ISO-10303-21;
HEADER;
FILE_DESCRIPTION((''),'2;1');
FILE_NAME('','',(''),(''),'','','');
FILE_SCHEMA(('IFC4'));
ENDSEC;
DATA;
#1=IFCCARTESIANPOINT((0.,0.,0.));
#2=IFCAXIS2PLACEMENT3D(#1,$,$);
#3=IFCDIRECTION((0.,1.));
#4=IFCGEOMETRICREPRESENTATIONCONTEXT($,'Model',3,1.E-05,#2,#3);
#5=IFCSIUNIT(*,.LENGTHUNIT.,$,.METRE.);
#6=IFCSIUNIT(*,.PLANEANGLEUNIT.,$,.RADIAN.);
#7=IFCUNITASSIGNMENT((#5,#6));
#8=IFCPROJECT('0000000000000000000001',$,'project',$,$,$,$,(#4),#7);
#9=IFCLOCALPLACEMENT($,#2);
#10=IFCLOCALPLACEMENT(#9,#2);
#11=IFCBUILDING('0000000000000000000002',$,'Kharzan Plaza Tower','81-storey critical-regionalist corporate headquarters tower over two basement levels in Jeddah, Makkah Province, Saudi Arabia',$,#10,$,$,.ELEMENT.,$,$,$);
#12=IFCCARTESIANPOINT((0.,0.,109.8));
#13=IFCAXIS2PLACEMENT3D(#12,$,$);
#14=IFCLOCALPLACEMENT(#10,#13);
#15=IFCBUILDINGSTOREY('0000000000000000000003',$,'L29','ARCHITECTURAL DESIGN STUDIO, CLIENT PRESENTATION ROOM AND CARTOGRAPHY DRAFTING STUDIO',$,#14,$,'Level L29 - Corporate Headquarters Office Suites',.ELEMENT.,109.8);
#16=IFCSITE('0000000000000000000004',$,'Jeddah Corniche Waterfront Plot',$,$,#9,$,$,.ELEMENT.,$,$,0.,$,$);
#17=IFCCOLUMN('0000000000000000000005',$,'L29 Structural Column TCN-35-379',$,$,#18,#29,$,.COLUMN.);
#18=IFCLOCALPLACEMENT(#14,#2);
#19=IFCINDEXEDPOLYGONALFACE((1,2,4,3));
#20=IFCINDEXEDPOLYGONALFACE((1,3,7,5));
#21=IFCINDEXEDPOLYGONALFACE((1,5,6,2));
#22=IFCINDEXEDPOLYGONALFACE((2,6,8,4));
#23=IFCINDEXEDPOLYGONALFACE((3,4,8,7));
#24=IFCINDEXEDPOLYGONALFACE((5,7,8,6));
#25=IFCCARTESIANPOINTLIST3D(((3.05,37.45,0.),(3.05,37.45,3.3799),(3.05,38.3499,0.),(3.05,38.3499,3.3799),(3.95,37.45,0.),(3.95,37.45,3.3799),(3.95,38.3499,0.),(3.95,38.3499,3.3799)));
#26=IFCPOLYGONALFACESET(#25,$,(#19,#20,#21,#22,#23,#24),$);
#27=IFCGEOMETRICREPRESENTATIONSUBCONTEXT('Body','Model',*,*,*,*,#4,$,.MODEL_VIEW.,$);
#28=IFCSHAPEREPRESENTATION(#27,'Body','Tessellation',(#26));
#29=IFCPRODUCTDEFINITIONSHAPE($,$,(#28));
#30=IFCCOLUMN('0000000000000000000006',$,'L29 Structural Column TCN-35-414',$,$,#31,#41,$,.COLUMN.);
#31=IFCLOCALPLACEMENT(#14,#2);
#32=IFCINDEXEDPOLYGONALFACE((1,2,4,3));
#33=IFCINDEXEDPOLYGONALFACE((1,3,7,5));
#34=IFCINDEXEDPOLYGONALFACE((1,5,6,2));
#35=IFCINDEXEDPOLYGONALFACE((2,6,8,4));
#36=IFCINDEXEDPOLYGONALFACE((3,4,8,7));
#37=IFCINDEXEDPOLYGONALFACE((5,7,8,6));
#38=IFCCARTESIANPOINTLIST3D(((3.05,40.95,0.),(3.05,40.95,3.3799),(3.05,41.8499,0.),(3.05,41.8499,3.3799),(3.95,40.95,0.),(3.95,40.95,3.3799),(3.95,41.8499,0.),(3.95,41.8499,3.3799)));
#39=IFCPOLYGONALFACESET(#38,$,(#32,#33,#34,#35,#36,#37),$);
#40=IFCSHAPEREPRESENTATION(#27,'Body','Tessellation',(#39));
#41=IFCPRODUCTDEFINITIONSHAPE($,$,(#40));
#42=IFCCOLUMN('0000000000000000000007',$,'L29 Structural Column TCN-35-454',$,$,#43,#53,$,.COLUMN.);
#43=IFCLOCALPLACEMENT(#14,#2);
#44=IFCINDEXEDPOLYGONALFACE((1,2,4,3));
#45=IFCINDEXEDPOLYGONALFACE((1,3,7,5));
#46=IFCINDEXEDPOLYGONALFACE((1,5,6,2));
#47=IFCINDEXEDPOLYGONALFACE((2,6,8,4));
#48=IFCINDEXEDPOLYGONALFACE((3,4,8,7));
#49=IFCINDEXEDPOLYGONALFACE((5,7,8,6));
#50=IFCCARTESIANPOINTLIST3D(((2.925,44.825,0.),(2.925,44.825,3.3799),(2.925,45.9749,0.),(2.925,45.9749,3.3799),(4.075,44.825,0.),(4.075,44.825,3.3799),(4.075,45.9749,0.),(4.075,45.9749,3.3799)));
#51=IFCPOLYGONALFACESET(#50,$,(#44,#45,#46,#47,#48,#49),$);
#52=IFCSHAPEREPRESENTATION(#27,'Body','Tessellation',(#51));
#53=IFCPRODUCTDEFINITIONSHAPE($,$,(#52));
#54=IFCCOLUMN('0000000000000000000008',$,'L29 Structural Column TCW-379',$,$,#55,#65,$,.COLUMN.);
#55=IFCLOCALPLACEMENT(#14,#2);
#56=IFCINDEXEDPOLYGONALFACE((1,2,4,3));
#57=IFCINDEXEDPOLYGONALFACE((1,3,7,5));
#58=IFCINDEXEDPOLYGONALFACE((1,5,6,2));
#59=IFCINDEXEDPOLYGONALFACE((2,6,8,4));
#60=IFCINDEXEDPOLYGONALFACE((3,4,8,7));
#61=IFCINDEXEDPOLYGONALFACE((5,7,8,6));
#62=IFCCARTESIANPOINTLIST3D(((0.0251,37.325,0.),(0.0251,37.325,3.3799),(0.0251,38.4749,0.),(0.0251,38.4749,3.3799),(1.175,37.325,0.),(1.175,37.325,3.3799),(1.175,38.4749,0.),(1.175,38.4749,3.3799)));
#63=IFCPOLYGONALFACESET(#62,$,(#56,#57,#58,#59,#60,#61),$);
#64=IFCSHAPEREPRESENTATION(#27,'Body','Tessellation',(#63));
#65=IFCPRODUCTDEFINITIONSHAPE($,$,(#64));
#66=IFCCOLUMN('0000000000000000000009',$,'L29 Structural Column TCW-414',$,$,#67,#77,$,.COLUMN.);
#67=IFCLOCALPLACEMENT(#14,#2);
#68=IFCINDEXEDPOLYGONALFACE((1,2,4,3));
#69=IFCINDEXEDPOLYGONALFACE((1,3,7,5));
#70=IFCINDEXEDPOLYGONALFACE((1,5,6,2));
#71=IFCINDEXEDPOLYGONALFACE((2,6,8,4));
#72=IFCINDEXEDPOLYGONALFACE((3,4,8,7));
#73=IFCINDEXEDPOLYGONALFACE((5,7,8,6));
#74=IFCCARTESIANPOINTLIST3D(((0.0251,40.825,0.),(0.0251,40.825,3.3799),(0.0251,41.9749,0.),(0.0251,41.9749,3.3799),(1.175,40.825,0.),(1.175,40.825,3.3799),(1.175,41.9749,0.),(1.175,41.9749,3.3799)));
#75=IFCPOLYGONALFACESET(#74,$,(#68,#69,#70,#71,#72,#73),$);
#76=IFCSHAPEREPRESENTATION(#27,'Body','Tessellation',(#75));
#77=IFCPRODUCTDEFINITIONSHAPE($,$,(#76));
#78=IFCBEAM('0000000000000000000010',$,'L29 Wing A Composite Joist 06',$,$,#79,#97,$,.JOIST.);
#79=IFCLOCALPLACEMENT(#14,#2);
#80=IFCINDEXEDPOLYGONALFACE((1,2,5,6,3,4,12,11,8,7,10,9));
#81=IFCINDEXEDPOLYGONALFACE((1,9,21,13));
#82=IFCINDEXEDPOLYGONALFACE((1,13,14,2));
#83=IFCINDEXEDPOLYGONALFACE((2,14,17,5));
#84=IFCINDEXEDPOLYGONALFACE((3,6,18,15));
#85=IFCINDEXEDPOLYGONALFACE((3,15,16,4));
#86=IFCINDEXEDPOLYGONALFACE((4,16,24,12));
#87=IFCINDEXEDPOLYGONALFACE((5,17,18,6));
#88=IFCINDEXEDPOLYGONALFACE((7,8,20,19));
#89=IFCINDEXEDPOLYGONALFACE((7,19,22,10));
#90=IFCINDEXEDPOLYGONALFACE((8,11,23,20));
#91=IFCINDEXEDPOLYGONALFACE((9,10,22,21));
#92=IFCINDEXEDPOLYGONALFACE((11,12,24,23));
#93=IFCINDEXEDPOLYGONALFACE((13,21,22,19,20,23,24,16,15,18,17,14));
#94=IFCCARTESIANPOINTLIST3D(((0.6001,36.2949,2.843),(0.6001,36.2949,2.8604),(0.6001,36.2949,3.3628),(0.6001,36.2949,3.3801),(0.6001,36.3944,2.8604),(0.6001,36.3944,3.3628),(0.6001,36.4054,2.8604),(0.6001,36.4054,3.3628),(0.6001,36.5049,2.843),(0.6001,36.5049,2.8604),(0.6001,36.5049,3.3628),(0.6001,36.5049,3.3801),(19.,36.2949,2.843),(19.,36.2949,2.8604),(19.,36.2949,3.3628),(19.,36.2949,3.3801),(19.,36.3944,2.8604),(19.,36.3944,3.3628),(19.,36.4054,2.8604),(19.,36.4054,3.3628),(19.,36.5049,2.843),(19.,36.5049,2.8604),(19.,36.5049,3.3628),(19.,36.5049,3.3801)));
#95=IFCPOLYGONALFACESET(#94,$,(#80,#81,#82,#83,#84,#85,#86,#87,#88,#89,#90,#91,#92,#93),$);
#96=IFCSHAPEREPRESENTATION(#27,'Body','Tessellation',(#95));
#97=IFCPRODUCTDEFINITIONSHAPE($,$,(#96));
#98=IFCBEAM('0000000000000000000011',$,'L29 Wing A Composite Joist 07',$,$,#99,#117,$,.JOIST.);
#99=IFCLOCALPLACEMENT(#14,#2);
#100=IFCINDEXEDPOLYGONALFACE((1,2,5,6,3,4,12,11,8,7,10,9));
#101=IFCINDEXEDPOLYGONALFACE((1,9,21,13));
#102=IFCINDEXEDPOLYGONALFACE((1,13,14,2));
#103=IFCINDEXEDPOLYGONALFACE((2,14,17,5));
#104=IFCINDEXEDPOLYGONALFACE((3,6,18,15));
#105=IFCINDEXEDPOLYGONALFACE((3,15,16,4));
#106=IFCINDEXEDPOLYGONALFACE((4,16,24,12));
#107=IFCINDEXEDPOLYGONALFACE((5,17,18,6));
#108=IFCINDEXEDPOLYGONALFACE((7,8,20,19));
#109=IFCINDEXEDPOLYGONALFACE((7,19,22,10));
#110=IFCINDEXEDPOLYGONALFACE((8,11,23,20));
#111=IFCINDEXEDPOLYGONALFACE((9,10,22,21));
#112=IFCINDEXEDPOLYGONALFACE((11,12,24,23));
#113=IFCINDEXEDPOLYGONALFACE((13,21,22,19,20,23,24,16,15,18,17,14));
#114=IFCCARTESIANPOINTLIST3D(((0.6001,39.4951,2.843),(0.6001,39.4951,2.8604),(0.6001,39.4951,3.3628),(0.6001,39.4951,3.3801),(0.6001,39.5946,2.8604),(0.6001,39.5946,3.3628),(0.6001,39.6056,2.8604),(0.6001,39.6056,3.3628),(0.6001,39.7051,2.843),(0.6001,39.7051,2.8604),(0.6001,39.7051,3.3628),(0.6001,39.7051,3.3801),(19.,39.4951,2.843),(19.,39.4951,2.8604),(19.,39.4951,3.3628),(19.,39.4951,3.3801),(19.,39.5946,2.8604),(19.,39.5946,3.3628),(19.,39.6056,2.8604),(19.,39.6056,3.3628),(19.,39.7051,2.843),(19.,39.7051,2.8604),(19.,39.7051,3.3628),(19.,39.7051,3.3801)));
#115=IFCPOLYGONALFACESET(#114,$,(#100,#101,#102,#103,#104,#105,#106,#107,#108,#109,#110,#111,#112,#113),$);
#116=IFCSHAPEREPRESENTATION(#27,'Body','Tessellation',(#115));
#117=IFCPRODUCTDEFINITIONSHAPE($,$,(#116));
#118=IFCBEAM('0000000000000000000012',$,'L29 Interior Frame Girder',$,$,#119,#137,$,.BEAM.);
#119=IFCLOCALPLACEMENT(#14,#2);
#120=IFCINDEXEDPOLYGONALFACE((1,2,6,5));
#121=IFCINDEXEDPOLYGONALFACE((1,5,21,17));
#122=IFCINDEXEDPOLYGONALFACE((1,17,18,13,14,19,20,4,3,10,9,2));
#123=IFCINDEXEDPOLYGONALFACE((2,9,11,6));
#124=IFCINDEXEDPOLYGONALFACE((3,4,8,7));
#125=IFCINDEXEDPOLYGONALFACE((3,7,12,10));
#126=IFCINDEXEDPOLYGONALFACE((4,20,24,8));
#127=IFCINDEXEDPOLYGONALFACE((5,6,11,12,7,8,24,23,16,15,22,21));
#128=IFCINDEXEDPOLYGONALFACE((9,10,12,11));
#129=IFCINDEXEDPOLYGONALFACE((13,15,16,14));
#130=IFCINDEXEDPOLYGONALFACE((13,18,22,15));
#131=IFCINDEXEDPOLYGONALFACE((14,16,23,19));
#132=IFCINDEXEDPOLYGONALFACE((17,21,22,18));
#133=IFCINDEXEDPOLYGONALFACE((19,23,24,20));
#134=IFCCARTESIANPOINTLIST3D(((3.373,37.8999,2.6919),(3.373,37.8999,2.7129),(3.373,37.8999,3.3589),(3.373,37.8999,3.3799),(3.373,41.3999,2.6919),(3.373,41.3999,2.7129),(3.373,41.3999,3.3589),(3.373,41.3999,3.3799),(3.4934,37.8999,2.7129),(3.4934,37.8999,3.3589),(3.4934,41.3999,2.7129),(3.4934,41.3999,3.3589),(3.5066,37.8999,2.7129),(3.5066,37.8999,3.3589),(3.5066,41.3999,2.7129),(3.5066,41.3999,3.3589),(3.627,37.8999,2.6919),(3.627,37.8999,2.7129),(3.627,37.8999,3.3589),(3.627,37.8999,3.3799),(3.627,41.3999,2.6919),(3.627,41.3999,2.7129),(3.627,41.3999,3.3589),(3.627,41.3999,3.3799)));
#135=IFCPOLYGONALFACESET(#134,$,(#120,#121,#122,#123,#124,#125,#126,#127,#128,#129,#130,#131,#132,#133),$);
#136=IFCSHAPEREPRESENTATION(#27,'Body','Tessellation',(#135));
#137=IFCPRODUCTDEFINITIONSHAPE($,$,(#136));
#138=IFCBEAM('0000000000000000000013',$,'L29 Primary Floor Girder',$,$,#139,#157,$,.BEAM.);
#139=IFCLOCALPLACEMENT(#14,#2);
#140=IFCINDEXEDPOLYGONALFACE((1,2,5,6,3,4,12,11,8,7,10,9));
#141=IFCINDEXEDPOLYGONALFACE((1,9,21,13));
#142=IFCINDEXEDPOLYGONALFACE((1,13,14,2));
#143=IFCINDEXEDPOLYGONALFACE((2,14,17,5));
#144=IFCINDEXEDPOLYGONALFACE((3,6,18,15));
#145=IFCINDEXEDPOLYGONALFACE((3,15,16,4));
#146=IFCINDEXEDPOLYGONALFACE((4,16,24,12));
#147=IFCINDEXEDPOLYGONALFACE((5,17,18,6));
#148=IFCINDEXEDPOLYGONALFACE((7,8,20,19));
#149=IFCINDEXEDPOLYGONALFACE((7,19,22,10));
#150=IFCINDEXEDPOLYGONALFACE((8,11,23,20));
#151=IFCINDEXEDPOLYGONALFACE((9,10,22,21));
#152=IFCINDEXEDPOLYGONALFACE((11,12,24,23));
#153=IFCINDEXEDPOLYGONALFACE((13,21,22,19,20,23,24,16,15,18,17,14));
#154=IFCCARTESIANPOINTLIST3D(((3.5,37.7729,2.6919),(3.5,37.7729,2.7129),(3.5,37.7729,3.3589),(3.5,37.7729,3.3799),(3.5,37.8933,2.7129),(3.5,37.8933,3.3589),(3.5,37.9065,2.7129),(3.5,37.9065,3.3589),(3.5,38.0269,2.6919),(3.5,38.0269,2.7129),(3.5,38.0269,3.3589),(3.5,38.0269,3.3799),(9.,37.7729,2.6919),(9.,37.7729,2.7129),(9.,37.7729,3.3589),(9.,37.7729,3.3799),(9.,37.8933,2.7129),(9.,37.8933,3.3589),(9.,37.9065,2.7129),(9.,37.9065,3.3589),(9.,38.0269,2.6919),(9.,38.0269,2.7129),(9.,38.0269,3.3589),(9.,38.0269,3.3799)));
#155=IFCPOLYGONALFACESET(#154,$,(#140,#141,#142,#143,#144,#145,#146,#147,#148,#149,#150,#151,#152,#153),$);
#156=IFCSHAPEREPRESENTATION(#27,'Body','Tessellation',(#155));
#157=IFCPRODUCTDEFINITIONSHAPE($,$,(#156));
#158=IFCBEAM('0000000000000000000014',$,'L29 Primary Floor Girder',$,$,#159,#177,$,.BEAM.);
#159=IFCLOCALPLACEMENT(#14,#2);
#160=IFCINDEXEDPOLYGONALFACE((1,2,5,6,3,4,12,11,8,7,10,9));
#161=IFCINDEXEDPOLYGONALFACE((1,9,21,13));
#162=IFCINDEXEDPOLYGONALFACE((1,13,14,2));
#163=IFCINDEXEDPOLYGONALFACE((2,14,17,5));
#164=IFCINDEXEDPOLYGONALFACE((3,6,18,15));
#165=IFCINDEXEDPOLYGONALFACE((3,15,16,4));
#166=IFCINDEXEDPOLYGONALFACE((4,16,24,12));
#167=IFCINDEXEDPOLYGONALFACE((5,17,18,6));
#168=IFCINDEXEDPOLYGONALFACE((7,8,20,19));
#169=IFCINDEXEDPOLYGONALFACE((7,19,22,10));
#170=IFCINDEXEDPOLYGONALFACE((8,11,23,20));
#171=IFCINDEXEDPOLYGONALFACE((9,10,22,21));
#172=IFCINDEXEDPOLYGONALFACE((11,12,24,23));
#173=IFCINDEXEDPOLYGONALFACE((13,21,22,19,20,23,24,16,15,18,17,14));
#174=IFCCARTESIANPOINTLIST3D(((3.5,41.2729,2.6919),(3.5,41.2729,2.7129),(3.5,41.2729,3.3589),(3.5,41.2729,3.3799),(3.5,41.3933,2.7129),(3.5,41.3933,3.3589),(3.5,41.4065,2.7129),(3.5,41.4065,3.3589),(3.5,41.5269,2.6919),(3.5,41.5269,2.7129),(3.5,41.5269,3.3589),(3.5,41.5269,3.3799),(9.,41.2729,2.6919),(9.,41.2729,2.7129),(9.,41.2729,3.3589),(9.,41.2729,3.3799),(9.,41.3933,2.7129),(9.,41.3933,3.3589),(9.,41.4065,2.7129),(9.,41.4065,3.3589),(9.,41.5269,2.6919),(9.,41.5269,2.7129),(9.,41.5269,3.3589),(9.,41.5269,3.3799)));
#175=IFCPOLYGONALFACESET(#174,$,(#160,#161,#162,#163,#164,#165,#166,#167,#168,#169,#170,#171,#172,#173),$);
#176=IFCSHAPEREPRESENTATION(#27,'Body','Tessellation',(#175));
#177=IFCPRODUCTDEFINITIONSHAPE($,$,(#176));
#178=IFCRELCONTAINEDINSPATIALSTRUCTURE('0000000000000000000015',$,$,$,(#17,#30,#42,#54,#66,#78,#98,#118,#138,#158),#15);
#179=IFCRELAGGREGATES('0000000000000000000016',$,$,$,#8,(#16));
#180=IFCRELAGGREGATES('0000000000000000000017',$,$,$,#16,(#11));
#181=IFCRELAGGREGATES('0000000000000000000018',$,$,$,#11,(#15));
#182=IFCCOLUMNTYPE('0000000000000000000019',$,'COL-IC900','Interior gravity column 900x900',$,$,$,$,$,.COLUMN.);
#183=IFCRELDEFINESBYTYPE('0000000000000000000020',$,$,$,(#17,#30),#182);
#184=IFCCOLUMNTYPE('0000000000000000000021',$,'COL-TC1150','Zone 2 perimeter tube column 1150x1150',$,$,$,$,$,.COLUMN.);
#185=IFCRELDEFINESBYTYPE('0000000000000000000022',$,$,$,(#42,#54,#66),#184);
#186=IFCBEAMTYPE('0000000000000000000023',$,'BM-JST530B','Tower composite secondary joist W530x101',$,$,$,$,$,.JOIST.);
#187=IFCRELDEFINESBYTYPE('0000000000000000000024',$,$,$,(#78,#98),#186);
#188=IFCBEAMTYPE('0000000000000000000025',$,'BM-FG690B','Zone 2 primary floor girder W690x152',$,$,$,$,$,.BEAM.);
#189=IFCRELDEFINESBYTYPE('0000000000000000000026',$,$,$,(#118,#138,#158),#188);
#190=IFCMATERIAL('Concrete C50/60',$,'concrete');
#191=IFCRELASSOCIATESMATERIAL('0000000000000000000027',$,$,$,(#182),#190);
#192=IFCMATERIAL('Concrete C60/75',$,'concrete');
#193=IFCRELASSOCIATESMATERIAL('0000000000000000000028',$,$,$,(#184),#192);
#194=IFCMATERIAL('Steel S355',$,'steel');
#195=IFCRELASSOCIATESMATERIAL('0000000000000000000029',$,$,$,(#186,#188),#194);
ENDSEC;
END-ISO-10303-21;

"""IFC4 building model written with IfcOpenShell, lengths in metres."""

from ifc_helpers import new_model, si_unit, direction, frame, origin, origin_2d, place, context, subcontext, project, spatial, rectangle, i_section, extrude, source, transform, mapped, material, material_profile, profile_set, type_object, element, save


model = new_model("IFC4")

# Units and contexts
model_context = context("Model", 3, precision=1e-05, world=origin(), true_north=direction((0.0, 1.0)))
body_context = subcontext(model_context, "Body", "Model", "MODEL_VIEW")
ifc_project = project(units=[si_unit("LENGTHUNIT", "METRE"), si_unit("PLANEANGLEUNIT", "RADIAN")], contexts=[model_context])

# Site, building, storey
site_placement = place(None, origin())
site = spatial("IfcSite", under=ifc_project, at=site_placement, Name="Jeddah Corniche Waterfront Plot", CompositionType="ELEMENT", RefElevation=0.0)
building_placement = place(site_placement, origin())
building = spatial("IfcBuilding", under=site, at=building_placement, Name="Kharzan Plaza Tower", Description="81-storey critical-regionalist corporate headquarters tower over two basement levels in Jeddah, Makkah Province, Saudi Arabia", CompositionType="ELEMENT")
storey_placement = place(building_placement, frame((0.0, 0.0, 109.8)))
storey = spatial("IfcBuildingStorey", under=building, at=storey_placement, Name="L29", Description="ARCHITECTURAL DESIGN STUDIO, CLIENT PRESENTATION ROOM AND CARTOGRAPHY DRAFTING STUDIO", LongName="Level L29 - Corporate Headquarters Office Suites", CompositionType="ELEMENT", Elevation=109.8)

# Columns
ifc_material_1 = material(Name="Concrete C50/60", Category="concrete")
ifc_material_profile_1 = material_profile(ifc_material_1, rectangle(XDim=0.8999, YDim=0.8999, at=origin_2d()), Name="RC-IC900x900")
ifc_profile_set_1 = profile_set([ifc_material_profile_1], Name="Concrete C50/60")
column_type_1 = type_object("IfcColumnType", Name="COL-IC900", Description="Interior gravity column 900x900", PredefinedType="COLUMN", material=ifc_profile_set_1)
shared_shape_1 = source(origin(), body_context, "Body", "SweptSolid", [
    extrude(rectangle(XDim=0.8999, YDim=0.8999, at=origin_2d()), origin(), (0.0, 0.0, 1.0), 3.3799),
])
for number, where, z_axis, x_axis, name in (
    (1, (3.5, 37.8999, 0.0), (0.0, 0.0, 1.0), (1.0, 0.0, 0.0), "L29 Structural Column TCN-35-379"),
    (2, (3.5, 41.3999, 0.0), (0.0, 0.0, 1.0), (1.0, 0.0, 0.0), "L29 Structural Column TCN-35-414"),
):
    element("IfcColumn", number, at=place(storey_placement, frame(where, z_axis=z_axis, x_axis=x_axis)), inside=storey, type_object=column_type_1, Name=name, PredefinedType="COLUMN", context=body_context, shape_type="MappedRepresentation", body=[
        mapped(shared_shape_1, transform((0.0, 0.0, 0.0), x_axis=(1.0, 0.0, 0.0), y_axis=(0.0, 1.0, 0.0), z_axis=(0.0, 0.0, 1.0))),
    ])
ifc_material_2 = material(Name="Concrete C60/75", Category="concrete")
ifc_material_profile_2 = material_profile(ifc_material_2, rectangle(XDim=1.1499, YDim=1.1499, at=origin_2d()), Name="RC-TC1150x1150")
ifc_profile_set_2 = profile_set([ifc_material_profile_2], Name="Concrete C60/75")
column_type_2 = type_object("IfcColumnType", Name="COL-TC1150", Description="Zone 2 perimeter tube column 1150x1150", PredefinedType="COLUMN", material=ifc_profile_set_2)
shared_shape_2 = source(origin(), body_context, "Body", "SweptSolid", [
    extrude(rectangle(XDim=1.1499, YDim=1.1499, at=origin_2d()), origin(), (0.0, 0.0, 1.0), 3.3799),
])
for number, where, z_axis, x_axis, name in (
    (3, (3.5, 45.3999, 0.0), (0.0, 0.0, 1.0), (1.0, 0.0, 0.0), "L29 Structural Column TCN-35-454"),
    (4, (0.6001, 37.8999, 0.0), (0.0, 0.0, 1.0), (1.0, 0.0, 0.0), "L29 Structural Column TCW-379"),
    (5, (0.6001, 41.3999, 0.0), (0.0, 0.0, 1.0), (1.0, 0.0, 0.0), "L29 Structural Column TCW-414"),
):
    element("IfcColumn", number, at=place(storey_placement, frame(where, z_axis=z_axis, x_axis=x_axis)), inside=storey, type_object=column_type_2, Name=name, PredefinedType="COLUMN", context=body_context, shape_type="MappedRepresentation", body=[
        mapped(shared_shape_2, transform((0.0, 0.0, 0.0), x_axis=(1.0, 0.0, 0.0), y_axis=(0.0, 1.0, 0.0), z_axis=(0.0, 0.0, 1.0))),
    ])

# Beams
ifc_material_3 = material(Name="Steel S355", Category="steel")
ifc_material_profile_3 = material_profile(ifc_material_3, i_section(OverallWidth=0.21, OverallDepth=0.5371, WebThickness=0.011, FlangeThickness=0.0173, at=origin_2d()), Name="W530x101")
ifc_profile_set_3 = profile_set([ifc_material_profile_3], Name="Steel S355")
beam_type_1 = type_object("IfcBeamType", Name="BM-JST530B", Description="Tower composite secondary joist W530x101", PredefinedType="JOIST", material=ifc_profile_set_3)
shared_shape_3 = source(origin(), body_context, "Body", "SweptSolid", [
    extrude(i_section(OverallWidth=0.21, OverallDepth=0.5371, WebThickness=0.011, FlangeThickness=0.0173, at=origin_2d()), origin(), (0.0, 0.0, 1.0), 18.3999),
])
for number, where, z_axis, x_axis, name in (
    (6, (0.6001, 36.3999, 3.1116), (1.0, 0.0, 0.0), (0.0, 1.0, 0.0), "L29 Wing A Composite Joist 06"),
    (7, (0.6001, 39.6001, 3.1116), (1.0, 0.0, 0.0), (0.0, 1.0, 0.0), "L29 Wing A Composite Joist 07"),
):
    element("IfcBeam", number, at=place(storey_placement, frame(where, z_axis=z_axis, x_axis=x_axis)), inside=storey, type_object=beam_type_1, Name=name, PredefinedType="JOIST", context=body_context, shape_type="MappedRepresentation", body=[
        mapped(shared_shape_3, transform((0.0, 0.0, 0.0), x_axis=(1.0, 0.0, 0.0), y_axis=(0.0, 1.0, 0.0), z_axis=(0.0, 0.0, 1.0))),
    ])
ifc_material_profile_4 = material_profile(ifc_material_3, i_section(OverallWidth=0.2539, OverallDepth=0.688, WebThickness=0.0132, FlangeThickness=0.021, at=origin_2d()), Name="W690x152")
ifc_profile_set_4 = profile_set([ifc_material_profile_4], Name="Steel S355")
beam_type_2 = type_object("IfcBeamType", Name="BM-FG690B", Description="Zone 2 primary floor girder W690x152", PredefinedType="BEAM", material=ifc_profile_set_4)
shared_shape_4 = source(origin(), body_context, "Body", "SweptSolid", [
    extrude(i_section(OverallWidth=0.2539, OverallDepth=0.688, WebThickness=0.0132, FlangeThickness=0.021, at=origin_2d()), origin(), (0.0, 0.0, 1.0), 3.5),
])
beam_1_placement = place(storey_placement, frame((3.5, 37.8999, 3.0359), z_axis=(0.0, 1.0, 0.0), x_axis=(-1.0, 0.0, 0.0)))
element("IfcBeam", 8, at=beam_1_placement, inside=storey, type_object=beam_type_2, Name="L29 Interior Frame Girder", PredefinedType="BEAM", context=body_context, shape_type="MappedRepresentation", body=[
    mapped(shared_shape_4, transform((0.0, 0.0, 0.0), x_axis=(1.0, 0.0, 0.0), y_axis=(0.0, 1.0, 0.0), z_axis=(0.0, 0.0, 1.0))),
])
shared_shape_5 = source(origin(), body_context, "Body", "SweptSolid", [
    extrude(i_section(OverallWidth=0.2539, OverallDepth=0.688, WebThickness=0.0132, FlangeThickness=0.021, at=origin_2d()), origin(), (0.0, 0.0, 1.0), 5.5),
])
for number, where, z_axis, x_axis, name in (
    (9, (3.5, 37.8999, 3.0359), (1.0, 0.0, 0.0), (0.0, 1.0, 0.0), "L29 Primary Floor Girder"),
    (10, (3.5, 41.3999, 3.0359), (1.0, 0.0, 0.0), (0.0, 1.0, 0.0), "L29 Primary Floor Girder"),
):
    element("IfcBeam", number, at=place(storey_placement, frame(where, z_axis=z_axis, x_axis=x_axis)), inside=storey, type_object=beam_type_2, Name=name, PredefinedType="BEAM", context=body_context, shape_type="MappedRepresentation", body=[
        mapped(shared_shape_5, transform((0.0, 0.0, 0.0), x_axis=(1.0, 0.0, 0.0), y_axis=(0.0, 1.0, 0.0), z_axis=(0.0, 0.0, 1.0))),
    ])

save(model, "model.ifc")
